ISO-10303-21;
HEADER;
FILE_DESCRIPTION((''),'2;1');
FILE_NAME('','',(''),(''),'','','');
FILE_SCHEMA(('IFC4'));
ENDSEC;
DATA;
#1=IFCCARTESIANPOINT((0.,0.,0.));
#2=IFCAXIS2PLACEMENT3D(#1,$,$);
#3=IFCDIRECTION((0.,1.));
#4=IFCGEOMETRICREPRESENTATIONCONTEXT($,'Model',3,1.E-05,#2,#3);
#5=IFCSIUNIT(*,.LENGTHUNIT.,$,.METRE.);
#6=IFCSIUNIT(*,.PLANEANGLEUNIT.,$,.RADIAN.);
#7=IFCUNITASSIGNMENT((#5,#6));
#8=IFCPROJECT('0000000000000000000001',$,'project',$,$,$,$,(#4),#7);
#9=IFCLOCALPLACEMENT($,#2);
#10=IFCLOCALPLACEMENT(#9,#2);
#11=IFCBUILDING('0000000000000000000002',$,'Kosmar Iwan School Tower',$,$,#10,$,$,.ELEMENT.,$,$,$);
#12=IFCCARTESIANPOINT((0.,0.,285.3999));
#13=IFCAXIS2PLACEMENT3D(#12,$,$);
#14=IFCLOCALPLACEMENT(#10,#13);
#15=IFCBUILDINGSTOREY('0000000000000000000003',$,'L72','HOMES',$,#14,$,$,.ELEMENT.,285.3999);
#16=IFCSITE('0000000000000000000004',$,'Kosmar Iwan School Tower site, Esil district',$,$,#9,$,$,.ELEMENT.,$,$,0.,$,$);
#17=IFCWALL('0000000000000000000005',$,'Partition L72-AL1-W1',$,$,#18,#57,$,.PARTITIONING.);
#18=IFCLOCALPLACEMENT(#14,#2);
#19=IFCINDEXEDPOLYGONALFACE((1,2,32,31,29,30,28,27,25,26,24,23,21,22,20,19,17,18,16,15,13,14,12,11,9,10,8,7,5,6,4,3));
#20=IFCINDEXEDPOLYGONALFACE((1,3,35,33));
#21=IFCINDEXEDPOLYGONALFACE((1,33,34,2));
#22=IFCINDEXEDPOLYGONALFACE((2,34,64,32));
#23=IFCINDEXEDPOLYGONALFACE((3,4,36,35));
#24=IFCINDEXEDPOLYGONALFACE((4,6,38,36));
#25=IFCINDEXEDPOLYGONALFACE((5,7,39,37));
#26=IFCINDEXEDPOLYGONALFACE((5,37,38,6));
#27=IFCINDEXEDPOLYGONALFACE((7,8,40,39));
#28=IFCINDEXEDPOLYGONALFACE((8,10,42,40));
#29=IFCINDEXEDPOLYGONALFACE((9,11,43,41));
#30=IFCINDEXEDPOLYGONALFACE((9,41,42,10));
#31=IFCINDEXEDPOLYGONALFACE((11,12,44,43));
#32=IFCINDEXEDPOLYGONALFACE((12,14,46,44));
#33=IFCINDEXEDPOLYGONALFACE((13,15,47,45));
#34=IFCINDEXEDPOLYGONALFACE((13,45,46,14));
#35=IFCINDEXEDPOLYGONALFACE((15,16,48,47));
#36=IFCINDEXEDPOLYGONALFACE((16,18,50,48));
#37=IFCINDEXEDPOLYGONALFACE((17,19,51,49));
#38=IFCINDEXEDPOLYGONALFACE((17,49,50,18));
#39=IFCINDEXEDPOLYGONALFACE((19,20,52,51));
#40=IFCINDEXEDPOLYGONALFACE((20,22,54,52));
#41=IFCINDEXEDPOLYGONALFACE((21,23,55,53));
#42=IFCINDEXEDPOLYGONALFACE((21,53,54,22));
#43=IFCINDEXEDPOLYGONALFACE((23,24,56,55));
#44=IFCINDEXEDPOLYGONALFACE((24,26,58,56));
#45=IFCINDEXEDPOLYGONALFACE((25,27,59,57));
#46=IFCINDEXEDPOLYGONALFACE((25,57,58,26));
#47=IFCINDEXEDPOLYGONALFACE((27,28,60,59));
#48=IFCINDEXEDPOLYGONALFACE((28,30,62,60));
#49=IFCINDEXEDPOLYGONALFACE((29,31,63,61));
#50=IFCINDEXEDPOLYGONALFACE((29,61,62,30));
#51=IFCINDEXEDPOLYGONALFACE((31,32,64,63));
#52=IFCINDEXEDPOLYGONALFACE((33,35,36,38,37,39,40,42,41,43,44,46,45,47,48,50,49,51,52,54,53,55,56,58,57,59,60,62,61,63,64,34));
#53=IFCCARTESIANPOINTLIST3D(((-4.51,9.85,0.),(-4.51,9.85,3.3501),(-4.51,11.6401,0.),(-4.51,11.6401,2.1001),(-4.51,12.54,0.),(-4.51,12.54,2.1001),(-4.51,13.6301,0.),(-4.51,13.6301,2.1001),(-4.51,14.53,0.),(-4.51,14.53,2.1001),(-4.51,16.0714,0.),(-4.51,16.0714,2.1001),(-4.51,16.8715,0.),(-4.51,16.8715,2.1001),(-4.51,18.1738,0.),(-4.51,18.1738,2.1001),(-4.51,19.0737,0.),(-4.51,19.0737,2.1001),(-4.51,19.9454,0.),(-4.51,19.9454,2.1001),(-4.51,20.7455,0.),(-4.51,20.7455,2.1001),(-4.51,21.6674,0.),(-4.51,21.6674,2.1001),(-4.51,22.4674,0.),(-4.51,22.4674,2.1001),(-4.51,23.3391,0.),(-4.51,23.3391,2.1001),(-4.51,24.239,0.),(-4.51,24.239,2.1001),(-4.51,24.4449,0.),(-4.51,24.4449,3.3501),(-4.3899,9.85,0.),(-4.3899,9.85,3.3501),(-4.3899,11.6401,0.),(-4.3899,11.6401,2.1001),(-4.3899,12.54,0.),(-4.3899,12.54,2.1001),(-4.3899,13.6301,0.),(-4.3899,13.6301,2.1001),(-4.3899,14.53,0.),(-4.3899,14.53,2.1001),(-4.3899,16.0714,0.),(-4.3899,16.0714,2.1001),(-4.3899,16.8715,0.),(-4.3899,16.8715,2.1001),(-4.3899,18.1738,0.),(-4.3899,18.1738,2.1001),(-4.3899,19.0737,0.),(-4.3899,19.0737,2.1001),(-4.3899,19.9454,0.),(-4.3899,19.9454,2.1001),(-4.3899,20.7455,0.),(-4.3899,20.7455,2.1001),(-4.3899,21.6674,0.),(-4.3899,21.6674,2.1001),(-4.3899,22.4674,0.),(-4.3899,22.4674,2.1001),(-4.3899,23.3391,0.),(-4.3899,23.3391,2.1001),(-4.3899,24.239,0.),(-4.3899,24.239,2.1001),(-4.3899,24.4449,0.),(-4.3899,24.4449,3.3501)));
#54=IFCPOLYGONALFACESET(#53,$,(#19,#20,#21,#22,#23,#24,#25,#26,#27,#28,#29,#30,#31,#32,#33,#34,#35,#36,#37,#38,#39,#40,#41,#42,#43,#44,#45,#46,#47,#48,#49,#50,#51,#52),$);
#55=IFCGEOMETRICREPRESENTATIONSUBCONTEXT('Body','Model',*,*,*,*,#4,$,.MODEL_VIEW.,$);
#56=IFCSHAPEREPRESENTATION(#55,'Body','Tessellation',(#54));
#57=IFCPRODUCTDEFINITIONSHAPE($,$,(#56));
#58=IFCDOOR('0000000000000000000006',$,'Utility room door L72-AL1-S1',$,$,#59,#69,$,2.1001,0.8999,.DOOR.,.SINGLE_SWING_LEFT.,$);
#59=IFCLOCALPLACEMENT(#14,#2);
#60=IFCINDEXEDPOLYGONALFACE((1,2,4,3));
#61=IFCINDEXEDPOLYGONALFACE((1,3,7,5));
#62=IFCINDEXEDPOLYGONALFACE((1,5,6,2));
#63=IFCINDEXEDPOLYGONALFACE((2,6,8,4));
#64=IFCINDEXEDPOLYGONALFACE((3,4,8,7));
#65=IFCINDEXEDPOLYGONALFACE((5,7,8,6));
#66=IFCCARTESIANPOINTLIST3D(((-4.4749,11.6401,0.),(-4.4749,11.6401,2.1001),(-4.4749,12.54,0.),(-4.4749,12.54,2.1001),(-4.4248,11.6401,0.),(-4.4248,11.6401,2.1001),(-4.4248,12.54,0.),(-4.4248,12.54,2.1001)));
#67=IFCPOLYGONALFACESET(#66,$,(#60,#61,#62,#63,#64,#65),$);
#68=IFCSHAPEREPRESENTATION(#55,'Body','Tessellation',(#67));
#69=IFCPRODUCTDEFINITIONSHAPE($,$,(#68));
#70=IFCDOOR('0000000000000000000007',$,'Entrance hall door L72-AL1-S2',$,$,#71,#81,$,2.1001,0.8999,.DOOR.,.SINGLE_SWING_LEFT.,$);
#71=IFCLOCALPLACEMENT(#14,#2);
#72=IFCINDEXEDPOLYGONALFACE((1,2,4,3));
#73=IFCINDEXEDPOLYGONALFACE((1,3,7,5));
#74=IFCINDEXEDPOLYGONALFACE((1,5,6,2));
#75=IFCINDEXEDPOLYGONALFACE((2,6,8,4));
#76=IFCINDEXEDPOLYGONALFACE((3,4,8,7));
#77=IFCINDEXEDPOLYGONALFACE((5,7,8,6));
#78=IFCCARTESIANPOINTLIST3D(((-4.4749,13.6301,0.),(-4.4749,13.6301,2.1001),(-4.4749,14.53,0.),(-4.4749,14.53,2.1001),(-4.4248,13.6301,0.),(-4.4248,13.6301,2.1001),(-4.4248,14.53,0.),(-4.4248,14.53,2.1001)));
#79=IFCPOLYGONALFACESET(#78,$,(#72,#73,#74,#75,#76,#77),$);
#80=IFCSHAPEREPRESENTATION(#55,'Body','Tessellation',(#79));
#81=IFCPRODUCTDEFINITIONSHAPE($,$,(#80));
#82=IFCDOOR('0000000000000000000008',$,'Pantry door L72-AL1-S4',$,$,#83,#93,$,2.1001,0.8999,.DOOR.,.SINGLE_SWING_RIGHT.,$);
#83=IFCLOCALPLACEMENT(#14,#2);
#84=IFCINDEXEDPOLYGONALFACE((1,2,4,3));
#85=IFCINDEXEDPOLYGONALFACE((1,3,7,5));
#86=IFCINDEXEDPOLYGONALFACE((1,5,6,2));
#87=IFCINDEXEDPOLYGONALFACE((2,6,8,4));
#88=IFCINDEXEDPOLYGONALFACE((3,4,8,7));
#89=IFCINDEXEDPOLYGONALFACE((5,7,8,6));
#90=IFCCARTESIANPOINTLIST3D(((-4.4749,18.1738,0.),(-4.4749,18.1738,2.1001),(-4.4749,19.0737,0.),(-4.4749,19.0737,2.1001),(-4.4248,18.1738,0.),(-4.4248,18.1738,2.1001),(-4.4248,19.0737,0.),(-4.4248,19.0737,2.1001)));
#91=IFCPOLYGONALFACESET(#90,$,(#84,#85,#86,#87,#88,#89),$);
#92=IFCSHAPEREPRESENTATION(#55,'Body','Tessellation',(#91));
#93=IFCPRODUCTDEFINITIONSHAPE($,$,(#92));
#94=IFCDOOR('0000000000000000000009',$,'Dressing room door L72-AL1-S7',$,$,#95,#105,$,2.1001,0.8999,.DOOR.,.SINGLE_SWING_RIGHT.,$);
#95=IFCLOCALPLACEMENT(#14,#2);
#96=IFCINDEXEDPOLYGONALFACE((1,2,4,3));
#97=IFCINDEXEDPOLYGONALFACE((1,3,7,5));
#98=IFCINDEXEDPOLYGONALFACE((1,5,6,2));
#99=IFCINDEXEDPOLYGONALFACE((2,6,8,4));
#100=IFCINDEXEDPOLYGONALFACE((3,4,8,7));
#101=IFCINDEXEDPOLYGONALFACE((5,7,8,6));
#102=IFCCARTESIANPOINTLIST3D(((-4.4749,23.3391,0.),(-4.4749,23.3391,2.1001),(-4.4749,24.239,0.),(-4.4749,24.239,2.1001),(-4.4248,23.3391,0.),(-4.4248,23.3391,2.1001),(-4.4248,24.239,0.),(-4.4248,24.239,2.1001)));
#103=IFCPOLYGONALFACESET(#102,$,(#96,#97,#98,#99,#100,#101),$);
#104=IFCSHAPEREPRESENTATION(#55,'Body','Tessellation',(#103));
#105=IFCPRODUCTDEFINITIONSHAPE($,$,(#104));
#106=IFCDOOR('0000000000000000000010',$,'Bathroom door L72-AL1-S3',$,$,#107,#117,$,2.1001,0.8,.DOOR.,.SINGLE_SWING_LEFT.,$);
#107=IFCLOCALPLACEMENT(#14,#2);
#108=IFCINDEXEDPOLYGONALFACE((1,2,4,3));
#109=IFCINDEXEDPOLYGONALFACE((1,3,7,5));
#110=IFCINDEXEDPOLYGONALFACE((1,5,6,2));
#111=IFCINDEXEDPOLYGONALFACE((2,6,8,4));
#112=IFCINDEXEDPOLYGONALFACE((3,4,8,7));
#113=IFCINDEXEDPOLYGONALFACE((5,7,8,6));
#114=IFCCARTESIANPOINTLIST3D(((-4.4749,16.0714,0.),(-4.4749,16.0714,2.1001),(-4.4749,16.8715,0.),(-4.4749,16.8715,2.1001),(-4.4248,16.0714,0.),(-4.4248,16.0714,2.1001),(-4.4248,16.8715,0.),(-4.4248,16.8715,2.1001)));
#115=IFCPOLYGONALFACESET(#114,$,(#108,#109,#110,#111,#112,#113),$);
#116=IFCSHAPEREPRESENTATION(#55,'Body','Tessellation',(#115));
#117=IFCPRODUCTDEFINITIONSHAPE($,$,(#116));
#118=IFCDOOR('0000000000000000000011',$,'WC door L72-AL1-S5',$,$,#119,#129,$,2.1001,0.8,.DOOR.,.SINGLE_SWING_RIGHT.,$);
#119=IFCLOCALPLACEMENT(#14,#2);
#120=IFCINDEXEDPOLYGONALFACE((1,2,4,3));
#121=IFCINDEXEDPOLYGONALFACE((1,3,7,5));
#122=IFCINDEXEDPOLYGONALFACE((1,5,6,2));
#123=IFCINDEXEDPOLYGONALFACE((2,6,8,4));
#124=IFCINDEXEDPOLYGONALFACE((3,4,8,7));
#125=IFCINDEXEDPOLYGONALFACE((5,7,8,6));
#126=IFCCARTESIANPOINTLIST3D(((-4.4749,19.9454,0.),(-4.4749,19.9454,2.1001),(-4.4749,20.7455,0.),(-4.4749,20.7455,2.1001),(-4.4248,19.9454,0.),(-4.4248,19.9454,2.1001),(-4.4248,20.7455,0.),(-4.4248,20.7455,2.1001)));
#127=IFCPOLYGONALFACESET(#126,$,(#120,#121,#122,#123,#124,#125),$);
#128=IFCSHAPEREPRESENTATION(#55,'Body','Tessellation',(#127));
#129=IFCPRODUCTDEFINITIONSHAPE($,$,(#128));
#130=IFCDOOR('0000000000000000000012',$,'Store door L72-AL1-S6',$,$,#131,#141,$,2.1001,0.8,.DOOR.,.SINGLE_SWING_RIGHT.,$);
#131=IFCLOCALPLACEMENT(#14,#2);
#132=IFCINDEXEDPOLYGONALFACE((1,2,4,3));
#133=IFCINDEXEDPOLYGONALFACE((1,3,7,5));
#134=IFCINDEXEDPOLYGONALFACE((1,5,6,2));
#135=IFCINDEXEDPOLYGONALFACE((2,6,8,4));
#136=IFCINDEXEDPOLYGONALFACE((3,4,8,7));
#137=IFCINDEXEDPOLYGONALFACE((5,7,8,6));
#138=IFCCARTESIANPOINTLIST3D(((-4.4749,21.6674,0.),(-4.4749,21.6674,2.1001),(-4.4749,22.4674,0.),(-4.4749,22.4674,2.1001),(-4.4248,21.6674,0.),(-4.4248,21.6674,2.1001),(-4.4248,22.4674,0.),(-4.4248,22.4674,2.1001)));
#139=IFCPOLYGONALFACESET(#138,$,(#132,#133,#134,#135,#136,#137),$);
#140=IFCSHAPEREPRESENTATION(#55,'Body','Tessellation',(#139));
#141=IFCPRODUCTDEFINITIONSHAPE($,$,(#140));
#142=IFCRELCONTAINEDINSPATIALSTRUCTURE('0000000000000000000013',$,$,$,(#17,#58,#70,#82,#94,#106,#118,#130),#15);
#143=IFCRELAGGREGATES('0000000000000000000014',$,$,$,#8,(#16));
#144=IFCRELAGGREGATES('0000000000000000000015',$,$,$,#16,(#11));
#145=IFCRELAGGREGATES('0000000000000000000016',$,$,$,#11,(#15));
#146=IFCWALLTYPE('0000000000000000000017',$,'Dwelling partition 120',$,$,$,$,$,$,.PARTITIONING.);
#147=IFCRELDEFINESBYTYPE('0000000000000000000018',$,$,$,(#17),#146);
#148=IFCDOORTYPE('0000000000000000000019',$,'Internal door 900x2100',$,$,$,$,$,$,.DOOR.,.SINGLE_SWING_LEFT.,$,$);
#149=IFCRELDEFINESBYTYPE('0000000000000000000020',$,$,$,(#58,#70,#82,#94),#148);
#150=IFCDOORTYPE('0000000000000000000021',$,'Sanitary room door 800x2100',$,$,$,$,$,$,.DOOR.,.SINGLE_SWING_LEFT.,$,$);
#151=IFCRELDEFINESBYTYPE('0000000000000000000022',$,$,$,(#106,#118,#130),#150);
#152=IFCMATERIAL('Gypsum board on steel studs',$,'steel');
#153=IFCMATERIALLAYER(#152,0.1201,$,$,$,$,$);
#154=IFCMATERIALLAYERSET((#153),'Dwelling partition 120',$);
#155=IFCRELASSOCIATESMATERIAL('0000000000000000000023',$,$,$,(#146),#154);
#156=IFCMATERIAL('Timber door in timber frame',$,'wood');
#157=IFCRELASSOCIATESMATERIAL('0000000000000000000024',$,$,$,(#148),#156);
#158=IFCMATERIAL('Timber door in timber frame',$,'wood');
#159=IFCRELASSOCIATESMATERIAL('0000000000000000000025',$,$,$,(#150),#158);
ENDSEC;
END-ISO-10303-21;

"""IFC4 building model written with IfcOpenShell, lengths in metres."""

from ifc_helpers import new_model, si_unit, direction, frame, frame_2d, origin, place, context, subcontext, project, spatial, rectangle, extrude, material, layer, layer_set, type_object, element, fill, save


model = new_model("IFC4")

# Units and contexts
model_context = context("Model", 3, precision=1e-05, world=origin(), true_north=direction((0.0, 1.0)))
body_context = subcontext(model_context, "Body", "Model", "MODEL_VIEW")
ifc_project = project(units=[si_unit("LENGTHUNIT", "METRE"), si_unit("PLANEANGLEUNIT", "RADIAN")], contexts=[model_context])

# Site, building, storey
site_placement = place(None, origin())
site = spatial("IfcSite", under=ifc_project, at=site_placement, Name="Kosmar Iwan School Tower site, Esil district", CompositionType="ELEMENT", RefElevation=0.0)
building_placement = place(site_placement, origin())
building = spatial("IfcBuilding", under=site, at=building_placement, Name="Kosmar Iwan School Tower", CompositionType="ELEMENT")
storey_placement = place(building_placement, frame((0.0, 0.0, 285.3999)))
storey = spatial("IfcBuildingStorey", under=building, at=storey_placement, Name="L72", Description="HOMES", CompositionType="ELEMENT", Elevation=285.3999)

# Wall, openings, doors
ifc_material_1 = material(Name="Gypsum board on steel studs", Category="steel")
ifc_layer_1 = layer(ifc_material_1, 0.1201)
ifc_layer_set_1 = layer_set([ifc_layer_1], Name="Dwelling partition 120")
wall_type_1 = type_object("IfcWallType", Name="Dwelling partition 120", PredefinedType="PARTITIONING", material=ifc_layer_set_1)
wall_1_placement = place(storey_placement, frame((-4.45, 9.8501, 0.0), z_axis=(0.0, 0.0, 1.0), x_axis=(0.0, 1.0, 0.0)))
wall_1 = element("IfcWall", 1, at=wall_1_placement, inside=storey, type_object=wall_type_1, Name="Partition L72-AL1-W1", PredefinedType="PARTITIONING", context=body_context, shape_type="SweptSolid", body=[
    extrude(rectangle(XDim=14.595, YDim=0.1201, at=frame_2d((7.2974, 0.0))), origin(), (0.0, 0.0, 1.0), 3.3501),
])
opening_1_placement = place(wall_1_placement, frame((1.79, 0.0, 0.0)))
opening_1 = element("IfcOpeningElement", 2, at=opening_1_placement, cuts=wall_1, PredefinedType="OPENING", context=body_context, shape_type="SweptSolid", body=[
    extrude(rectangle(XDim=0.8999, YDim=2.1001, at=frame_2d((0.45, 1.05))), frame((0.0, 0.072, 0.0), z_axis=(0.0, -1.0, 0.0), x_axis=(1.0, 0.0, 0.0)), (0.0, 0.0, 1.0), 0.144),
])
opening_2_placement = place(wall_1_placement, frame((3.78, 0.0, 0.0)))
opening_2 = element("IfcOpeningElement", 3, at=opening_2_placement, cuts=wall_1, PredefinedType="OPENING", context=body_context, shape_type="SweptSolid", body=[
    extrude(rectangle(XDim=0.8999, YDim=2.1001, at=frame_2d((0.45, 1.05))), frame((0.0, 0.072, 0.0), z_axis=(0.0, -1.0, 0.0), x_axis=(1.0, 0.0, 0.0)), (0.0, 0.0, 1.0), 0.144),
])
opening_3_placement = place(wall_1_placement, frame((6.2214, 0.0, 0.0)))
opening_3 = element("IfcOpeningElement", 4, at=opening_3_placement, cuts=wall_1, PredefinedType="OPENING", context=body_context, shape_type="SweptSolid", body=[
    extrude(rectangle(XDim=0.8, YDim=2.1001, at=frame_2d((0.3999, 1.05))), frame((0.0, 0.072, 0.0), z_axis=(0.0, -1.0, 0.0), x_axis=(1.0, 0.0, 0.0)), (0.0, 0.0, 1.0), 0.144),
])
opening_4_placement = place(wall_1_placement, frame((8.3237, 0.0, 0.0)))
opening_4 = element("IfcOpeningElement", 5, at=opening_4_placement, cuts=wall_1, PredefinedType="OPENING", context=body_context, shape_type="SweptSolid", body=[
    extrude(rectangle(XDim=0.8999, YDim=2.1001, at=frame_2d((0.45, 1.05))), frame((0.0, 0.072, 0.0), z_axis=(0.0, -1.0, 0.0), x_axis=(1.0, 0.0, 0.0)), (0.0, 0.0, 1.0), 0.144),
])
opening_5_placement = place(wall_1_placement, frame((10.0955, 0.0, 0.0)))
opening_5 = element("IfcOpeningElement", 6, at=opening_5_placement, cuts=wall_1, PredefinedType="OPENING", context=body_context, shape_type="SweptSolid", body=[
    extrude(rectangle(XDim=0.8, YDim=2.1001, at=frame_2d((0.3999, 1.05))), frame((0.0, 0.072, 0.0), z_axis=(0.0, -1.0, 0.0), x_axis=(1.0, 0.0, 0.0)), (0.0, 0.0, 1.0), 0.144),
])
opening_6_placement = place(wall_1_placement, frame((11.8174, 0.0, 0.0)))
opening_6 = element("IfcOpeningElement", 7, at=opening_6_placement, cuts=wall_1, PredefinedType="OPENING", context=body_context, shape_type="SweptSolid", body=[
    extrude(rectangle(XDim=0.8, YDim=2.1001, at=frame_2d((0.3999, 1.05))), frame((0.0, 0.072, 0.0), z_axis=(0.0, -1.0, 0.0), x_axis=(1.0, 0.0, 0.0)), (0.0, 0.0, 1.0), 0.144),
])
opening_7_placement = place(wall_1_placement, frame((13.489, 0.0, 0.0)))
opening_7 = element("IfcOpeningElement", 8, at=opening_7_placement, cuts=wall_1, PredefinedType="OPENING", context=body_context, shape_type="SweptSolid", body=[
    extrude(rectangle(XDim=0.8999, YDim=2.1001, at=frame_2d((0.45, 1.05))), frame((0.0, 0.072, 0.0), z_axis=(0.0, -1.0, 0.0), x_axis=(1.0, 0.0, 0.0)), (0.0, 0.0, 1.0), 0.144),
])
ifc_material_2 = material(Name="Timber door in timber frame", Category="wood")
door_type_1 = type_object("IfcDoorType", Name="Internal door 900x2100", OperationType="SINGLE_SWING_LEFT", PredefinedType="DOOR", material=ifc_material_2)
door_1_placement = place(opening_1_placement, origin())
door_1 = element("IfcDoor", 9, at=door_1_placement, inside=storey, type_object=door_type_1, Name="Utility room door L72-AL1-S1", OperationType="SINGLE_SWING_LEFT", OverallHeight=2.1001, OverallWidth=0.8999, PredefinedType="DOOR", context=body_context, shape_type="SweptSolid", body=[
    extrude(rectangle(XDim=0.8999, YDim=2.1001, at=frame_2d((0.45, 1.05))), frame((0.0, 0.0249, 0.0), z_axis=(0.0, -1.0, 0.0), x_axis=(1.0, 0.0, 0.0)), (0.0, 0.0, 1.0), 0.05),
])
fill(opening_1, door_1)
door_2_placement = place(opening_2_placement, origin())
door_2 = element("IfcDoor", 10, at=door_2_placement, inside=storey, type_object=door_type_1, Name="Entrance hall door L72-AL1-S2", OperationType="SINGLE_SWING_LEFT", OverallHeight=2.1001, OverallWidth=0.8999, PredefinedType="DOOR", context=body_context, shape_type="SweptSolid", body=[
    extrude(rectangle(XDim=0.8999, YDim=2.1001, at=frame_2d((0.45, 1.05))), frame((0.0, 0.0249, 0.0), z_axis=(0.0, -1.0, 0.0), x_axis=(1.0, 0.0, 0.0)), (0.0, 0.0, 1.0), 0.05),
])
fill(opening_2, door_2)
door_3_placement = place(opening_4_placement, origin())
door_3 = element("IfcDoor", 11, at=door_3_placement, inside=storey, type_object=door_type_1, Name="Pantry door L72-AL1-S4", OperationType="SINGLE_SWING_RIGHT", OverallHeight=2.1001, OverallWidth=0.8999, PredefinedType="DOOR", context=body_context, shape_type="SweptSolid", body=[
    extrude(rectangle(XDim=0.8999, YDim=2.1001, at=frame_2d((0.45, 1.05))), frame((0.0, 0.0249, 0.0), z_axis=(0.0, -1.0, 0.0), x_axis=(1.0, 0.0, 0.0)), (0.0, 0.0, 1.0), 0.05),
])
fill(opening_4, door_3)
door_4_placement = place(opening_7_placement, origin())
door_4 = element("IfcDoor", 12, at=door_4_placement, inside=storey, type_object=door_type_1, Name="Dressing room door L72-AL1-S7", OperationType="SINGLE_SWING_RIGHT", OverallHeight=2.1001, OverallWidth=0.8999, PredefinedType="DOOR", context=body_context, shape_type="SweptSolid", body=[
    extrude(rectangle(XDim=0.8999, YDim=2.1001, at=frame_2d((0.45, 1.05))), frame((0.0, 0.0249, 0.0), z_axis=(0.0, -1.0, 0.0), x_axis=(1.0, 0.0, 0.0)), (0.0, 0.0, 1.0), 0.05),
])
fill(opening_7, door_4)
ifc_material_3 = material(Name="Timber door in timber frame", Category="wood")
door_type_2 = type_object("IfcDoorType", Name="Sanitary room door 800x2100", OperationType="SINGLE_SWING_LEFT", PredefinedType="DOOR", material=ifc_material_3)
door_5_placement = place(opening_3_placement, origin())
door_5 = element("IfcDoor", 13, at=door_5_placement, inside=storey, type_object=door_type_2, Name="Bathroom door L72-AL1-S3", OperationType="SINGLE_SWING_LEFT", OverallHeight=2.1001, OverallWidth=0.8, PredefinedType="DOOR", context=body_context, shape_type="SweptSolid", body=[
    extrude(rectangle(XDim=0.8, YDim=2.1001, at=frame_2d((0.3999, 1.05))), frame((0.0, 0.0249, 0.0), z_axis=(0.0, -1.0, 0.0), x_axis=(1.0, 0.0, 0.0)), (0.0, 0.0, 1.0), 0.05),
])
fill(opening_3, door_5)
door_6_placement = place(opening_5_placement, origin())
door_6 = element("IfcDoor", 14, at=door_6_placement, inside=storey, type_object=door_type_2, Name="WC door L72-AL1-S5", OperationType="SINGLE_SWING_RIGHT", OverallHeight=2.1001, OverallWidth=0.8, PredefinedType="DOOR", context=body_context, shape_type="SweptSolid", body=[
    extrude(rectangle(XDim=0.8, YDim=2.1001, at=frame_2d((0.3999, 1.05))), frame((0.0, 0.0249, 0.0), z_axis=(0.0, -1.0, 0.0), x_axis=(1.0, 0.0, 0.0)), (0.0, 0.0, 1.0), 0.05),
])
fill(opening_5, door_6)
door_7_placement = place(opening_6_placement, origin())
door_7 = element("IfcDoor", 15, at=door_7_placement, inside=storey, type_object=door_type_2, Name="Store door L72-AL1-S6", OperationType="SINGLE_SWING_RIGHT", OverallHeight=2.1001, OverallWidth=0.8, PredefinedType="DOOR", context=body_context, shape_type="SweptSolid", body=[
    extrude(rectangle(XDim=0.8, YDim=2.1001, at=frame_2d((0.3999, 1.05))), frame((0.0, 0.0249, 0.0), z_axis=(0.0, -1.0, 0.0), x_axis=(1.0, 0.0, 0.0)), (0.0, 0.0, 1.0), 0.05),
])
fill(opening_6, door_7)

save(model, "model.ifc")
